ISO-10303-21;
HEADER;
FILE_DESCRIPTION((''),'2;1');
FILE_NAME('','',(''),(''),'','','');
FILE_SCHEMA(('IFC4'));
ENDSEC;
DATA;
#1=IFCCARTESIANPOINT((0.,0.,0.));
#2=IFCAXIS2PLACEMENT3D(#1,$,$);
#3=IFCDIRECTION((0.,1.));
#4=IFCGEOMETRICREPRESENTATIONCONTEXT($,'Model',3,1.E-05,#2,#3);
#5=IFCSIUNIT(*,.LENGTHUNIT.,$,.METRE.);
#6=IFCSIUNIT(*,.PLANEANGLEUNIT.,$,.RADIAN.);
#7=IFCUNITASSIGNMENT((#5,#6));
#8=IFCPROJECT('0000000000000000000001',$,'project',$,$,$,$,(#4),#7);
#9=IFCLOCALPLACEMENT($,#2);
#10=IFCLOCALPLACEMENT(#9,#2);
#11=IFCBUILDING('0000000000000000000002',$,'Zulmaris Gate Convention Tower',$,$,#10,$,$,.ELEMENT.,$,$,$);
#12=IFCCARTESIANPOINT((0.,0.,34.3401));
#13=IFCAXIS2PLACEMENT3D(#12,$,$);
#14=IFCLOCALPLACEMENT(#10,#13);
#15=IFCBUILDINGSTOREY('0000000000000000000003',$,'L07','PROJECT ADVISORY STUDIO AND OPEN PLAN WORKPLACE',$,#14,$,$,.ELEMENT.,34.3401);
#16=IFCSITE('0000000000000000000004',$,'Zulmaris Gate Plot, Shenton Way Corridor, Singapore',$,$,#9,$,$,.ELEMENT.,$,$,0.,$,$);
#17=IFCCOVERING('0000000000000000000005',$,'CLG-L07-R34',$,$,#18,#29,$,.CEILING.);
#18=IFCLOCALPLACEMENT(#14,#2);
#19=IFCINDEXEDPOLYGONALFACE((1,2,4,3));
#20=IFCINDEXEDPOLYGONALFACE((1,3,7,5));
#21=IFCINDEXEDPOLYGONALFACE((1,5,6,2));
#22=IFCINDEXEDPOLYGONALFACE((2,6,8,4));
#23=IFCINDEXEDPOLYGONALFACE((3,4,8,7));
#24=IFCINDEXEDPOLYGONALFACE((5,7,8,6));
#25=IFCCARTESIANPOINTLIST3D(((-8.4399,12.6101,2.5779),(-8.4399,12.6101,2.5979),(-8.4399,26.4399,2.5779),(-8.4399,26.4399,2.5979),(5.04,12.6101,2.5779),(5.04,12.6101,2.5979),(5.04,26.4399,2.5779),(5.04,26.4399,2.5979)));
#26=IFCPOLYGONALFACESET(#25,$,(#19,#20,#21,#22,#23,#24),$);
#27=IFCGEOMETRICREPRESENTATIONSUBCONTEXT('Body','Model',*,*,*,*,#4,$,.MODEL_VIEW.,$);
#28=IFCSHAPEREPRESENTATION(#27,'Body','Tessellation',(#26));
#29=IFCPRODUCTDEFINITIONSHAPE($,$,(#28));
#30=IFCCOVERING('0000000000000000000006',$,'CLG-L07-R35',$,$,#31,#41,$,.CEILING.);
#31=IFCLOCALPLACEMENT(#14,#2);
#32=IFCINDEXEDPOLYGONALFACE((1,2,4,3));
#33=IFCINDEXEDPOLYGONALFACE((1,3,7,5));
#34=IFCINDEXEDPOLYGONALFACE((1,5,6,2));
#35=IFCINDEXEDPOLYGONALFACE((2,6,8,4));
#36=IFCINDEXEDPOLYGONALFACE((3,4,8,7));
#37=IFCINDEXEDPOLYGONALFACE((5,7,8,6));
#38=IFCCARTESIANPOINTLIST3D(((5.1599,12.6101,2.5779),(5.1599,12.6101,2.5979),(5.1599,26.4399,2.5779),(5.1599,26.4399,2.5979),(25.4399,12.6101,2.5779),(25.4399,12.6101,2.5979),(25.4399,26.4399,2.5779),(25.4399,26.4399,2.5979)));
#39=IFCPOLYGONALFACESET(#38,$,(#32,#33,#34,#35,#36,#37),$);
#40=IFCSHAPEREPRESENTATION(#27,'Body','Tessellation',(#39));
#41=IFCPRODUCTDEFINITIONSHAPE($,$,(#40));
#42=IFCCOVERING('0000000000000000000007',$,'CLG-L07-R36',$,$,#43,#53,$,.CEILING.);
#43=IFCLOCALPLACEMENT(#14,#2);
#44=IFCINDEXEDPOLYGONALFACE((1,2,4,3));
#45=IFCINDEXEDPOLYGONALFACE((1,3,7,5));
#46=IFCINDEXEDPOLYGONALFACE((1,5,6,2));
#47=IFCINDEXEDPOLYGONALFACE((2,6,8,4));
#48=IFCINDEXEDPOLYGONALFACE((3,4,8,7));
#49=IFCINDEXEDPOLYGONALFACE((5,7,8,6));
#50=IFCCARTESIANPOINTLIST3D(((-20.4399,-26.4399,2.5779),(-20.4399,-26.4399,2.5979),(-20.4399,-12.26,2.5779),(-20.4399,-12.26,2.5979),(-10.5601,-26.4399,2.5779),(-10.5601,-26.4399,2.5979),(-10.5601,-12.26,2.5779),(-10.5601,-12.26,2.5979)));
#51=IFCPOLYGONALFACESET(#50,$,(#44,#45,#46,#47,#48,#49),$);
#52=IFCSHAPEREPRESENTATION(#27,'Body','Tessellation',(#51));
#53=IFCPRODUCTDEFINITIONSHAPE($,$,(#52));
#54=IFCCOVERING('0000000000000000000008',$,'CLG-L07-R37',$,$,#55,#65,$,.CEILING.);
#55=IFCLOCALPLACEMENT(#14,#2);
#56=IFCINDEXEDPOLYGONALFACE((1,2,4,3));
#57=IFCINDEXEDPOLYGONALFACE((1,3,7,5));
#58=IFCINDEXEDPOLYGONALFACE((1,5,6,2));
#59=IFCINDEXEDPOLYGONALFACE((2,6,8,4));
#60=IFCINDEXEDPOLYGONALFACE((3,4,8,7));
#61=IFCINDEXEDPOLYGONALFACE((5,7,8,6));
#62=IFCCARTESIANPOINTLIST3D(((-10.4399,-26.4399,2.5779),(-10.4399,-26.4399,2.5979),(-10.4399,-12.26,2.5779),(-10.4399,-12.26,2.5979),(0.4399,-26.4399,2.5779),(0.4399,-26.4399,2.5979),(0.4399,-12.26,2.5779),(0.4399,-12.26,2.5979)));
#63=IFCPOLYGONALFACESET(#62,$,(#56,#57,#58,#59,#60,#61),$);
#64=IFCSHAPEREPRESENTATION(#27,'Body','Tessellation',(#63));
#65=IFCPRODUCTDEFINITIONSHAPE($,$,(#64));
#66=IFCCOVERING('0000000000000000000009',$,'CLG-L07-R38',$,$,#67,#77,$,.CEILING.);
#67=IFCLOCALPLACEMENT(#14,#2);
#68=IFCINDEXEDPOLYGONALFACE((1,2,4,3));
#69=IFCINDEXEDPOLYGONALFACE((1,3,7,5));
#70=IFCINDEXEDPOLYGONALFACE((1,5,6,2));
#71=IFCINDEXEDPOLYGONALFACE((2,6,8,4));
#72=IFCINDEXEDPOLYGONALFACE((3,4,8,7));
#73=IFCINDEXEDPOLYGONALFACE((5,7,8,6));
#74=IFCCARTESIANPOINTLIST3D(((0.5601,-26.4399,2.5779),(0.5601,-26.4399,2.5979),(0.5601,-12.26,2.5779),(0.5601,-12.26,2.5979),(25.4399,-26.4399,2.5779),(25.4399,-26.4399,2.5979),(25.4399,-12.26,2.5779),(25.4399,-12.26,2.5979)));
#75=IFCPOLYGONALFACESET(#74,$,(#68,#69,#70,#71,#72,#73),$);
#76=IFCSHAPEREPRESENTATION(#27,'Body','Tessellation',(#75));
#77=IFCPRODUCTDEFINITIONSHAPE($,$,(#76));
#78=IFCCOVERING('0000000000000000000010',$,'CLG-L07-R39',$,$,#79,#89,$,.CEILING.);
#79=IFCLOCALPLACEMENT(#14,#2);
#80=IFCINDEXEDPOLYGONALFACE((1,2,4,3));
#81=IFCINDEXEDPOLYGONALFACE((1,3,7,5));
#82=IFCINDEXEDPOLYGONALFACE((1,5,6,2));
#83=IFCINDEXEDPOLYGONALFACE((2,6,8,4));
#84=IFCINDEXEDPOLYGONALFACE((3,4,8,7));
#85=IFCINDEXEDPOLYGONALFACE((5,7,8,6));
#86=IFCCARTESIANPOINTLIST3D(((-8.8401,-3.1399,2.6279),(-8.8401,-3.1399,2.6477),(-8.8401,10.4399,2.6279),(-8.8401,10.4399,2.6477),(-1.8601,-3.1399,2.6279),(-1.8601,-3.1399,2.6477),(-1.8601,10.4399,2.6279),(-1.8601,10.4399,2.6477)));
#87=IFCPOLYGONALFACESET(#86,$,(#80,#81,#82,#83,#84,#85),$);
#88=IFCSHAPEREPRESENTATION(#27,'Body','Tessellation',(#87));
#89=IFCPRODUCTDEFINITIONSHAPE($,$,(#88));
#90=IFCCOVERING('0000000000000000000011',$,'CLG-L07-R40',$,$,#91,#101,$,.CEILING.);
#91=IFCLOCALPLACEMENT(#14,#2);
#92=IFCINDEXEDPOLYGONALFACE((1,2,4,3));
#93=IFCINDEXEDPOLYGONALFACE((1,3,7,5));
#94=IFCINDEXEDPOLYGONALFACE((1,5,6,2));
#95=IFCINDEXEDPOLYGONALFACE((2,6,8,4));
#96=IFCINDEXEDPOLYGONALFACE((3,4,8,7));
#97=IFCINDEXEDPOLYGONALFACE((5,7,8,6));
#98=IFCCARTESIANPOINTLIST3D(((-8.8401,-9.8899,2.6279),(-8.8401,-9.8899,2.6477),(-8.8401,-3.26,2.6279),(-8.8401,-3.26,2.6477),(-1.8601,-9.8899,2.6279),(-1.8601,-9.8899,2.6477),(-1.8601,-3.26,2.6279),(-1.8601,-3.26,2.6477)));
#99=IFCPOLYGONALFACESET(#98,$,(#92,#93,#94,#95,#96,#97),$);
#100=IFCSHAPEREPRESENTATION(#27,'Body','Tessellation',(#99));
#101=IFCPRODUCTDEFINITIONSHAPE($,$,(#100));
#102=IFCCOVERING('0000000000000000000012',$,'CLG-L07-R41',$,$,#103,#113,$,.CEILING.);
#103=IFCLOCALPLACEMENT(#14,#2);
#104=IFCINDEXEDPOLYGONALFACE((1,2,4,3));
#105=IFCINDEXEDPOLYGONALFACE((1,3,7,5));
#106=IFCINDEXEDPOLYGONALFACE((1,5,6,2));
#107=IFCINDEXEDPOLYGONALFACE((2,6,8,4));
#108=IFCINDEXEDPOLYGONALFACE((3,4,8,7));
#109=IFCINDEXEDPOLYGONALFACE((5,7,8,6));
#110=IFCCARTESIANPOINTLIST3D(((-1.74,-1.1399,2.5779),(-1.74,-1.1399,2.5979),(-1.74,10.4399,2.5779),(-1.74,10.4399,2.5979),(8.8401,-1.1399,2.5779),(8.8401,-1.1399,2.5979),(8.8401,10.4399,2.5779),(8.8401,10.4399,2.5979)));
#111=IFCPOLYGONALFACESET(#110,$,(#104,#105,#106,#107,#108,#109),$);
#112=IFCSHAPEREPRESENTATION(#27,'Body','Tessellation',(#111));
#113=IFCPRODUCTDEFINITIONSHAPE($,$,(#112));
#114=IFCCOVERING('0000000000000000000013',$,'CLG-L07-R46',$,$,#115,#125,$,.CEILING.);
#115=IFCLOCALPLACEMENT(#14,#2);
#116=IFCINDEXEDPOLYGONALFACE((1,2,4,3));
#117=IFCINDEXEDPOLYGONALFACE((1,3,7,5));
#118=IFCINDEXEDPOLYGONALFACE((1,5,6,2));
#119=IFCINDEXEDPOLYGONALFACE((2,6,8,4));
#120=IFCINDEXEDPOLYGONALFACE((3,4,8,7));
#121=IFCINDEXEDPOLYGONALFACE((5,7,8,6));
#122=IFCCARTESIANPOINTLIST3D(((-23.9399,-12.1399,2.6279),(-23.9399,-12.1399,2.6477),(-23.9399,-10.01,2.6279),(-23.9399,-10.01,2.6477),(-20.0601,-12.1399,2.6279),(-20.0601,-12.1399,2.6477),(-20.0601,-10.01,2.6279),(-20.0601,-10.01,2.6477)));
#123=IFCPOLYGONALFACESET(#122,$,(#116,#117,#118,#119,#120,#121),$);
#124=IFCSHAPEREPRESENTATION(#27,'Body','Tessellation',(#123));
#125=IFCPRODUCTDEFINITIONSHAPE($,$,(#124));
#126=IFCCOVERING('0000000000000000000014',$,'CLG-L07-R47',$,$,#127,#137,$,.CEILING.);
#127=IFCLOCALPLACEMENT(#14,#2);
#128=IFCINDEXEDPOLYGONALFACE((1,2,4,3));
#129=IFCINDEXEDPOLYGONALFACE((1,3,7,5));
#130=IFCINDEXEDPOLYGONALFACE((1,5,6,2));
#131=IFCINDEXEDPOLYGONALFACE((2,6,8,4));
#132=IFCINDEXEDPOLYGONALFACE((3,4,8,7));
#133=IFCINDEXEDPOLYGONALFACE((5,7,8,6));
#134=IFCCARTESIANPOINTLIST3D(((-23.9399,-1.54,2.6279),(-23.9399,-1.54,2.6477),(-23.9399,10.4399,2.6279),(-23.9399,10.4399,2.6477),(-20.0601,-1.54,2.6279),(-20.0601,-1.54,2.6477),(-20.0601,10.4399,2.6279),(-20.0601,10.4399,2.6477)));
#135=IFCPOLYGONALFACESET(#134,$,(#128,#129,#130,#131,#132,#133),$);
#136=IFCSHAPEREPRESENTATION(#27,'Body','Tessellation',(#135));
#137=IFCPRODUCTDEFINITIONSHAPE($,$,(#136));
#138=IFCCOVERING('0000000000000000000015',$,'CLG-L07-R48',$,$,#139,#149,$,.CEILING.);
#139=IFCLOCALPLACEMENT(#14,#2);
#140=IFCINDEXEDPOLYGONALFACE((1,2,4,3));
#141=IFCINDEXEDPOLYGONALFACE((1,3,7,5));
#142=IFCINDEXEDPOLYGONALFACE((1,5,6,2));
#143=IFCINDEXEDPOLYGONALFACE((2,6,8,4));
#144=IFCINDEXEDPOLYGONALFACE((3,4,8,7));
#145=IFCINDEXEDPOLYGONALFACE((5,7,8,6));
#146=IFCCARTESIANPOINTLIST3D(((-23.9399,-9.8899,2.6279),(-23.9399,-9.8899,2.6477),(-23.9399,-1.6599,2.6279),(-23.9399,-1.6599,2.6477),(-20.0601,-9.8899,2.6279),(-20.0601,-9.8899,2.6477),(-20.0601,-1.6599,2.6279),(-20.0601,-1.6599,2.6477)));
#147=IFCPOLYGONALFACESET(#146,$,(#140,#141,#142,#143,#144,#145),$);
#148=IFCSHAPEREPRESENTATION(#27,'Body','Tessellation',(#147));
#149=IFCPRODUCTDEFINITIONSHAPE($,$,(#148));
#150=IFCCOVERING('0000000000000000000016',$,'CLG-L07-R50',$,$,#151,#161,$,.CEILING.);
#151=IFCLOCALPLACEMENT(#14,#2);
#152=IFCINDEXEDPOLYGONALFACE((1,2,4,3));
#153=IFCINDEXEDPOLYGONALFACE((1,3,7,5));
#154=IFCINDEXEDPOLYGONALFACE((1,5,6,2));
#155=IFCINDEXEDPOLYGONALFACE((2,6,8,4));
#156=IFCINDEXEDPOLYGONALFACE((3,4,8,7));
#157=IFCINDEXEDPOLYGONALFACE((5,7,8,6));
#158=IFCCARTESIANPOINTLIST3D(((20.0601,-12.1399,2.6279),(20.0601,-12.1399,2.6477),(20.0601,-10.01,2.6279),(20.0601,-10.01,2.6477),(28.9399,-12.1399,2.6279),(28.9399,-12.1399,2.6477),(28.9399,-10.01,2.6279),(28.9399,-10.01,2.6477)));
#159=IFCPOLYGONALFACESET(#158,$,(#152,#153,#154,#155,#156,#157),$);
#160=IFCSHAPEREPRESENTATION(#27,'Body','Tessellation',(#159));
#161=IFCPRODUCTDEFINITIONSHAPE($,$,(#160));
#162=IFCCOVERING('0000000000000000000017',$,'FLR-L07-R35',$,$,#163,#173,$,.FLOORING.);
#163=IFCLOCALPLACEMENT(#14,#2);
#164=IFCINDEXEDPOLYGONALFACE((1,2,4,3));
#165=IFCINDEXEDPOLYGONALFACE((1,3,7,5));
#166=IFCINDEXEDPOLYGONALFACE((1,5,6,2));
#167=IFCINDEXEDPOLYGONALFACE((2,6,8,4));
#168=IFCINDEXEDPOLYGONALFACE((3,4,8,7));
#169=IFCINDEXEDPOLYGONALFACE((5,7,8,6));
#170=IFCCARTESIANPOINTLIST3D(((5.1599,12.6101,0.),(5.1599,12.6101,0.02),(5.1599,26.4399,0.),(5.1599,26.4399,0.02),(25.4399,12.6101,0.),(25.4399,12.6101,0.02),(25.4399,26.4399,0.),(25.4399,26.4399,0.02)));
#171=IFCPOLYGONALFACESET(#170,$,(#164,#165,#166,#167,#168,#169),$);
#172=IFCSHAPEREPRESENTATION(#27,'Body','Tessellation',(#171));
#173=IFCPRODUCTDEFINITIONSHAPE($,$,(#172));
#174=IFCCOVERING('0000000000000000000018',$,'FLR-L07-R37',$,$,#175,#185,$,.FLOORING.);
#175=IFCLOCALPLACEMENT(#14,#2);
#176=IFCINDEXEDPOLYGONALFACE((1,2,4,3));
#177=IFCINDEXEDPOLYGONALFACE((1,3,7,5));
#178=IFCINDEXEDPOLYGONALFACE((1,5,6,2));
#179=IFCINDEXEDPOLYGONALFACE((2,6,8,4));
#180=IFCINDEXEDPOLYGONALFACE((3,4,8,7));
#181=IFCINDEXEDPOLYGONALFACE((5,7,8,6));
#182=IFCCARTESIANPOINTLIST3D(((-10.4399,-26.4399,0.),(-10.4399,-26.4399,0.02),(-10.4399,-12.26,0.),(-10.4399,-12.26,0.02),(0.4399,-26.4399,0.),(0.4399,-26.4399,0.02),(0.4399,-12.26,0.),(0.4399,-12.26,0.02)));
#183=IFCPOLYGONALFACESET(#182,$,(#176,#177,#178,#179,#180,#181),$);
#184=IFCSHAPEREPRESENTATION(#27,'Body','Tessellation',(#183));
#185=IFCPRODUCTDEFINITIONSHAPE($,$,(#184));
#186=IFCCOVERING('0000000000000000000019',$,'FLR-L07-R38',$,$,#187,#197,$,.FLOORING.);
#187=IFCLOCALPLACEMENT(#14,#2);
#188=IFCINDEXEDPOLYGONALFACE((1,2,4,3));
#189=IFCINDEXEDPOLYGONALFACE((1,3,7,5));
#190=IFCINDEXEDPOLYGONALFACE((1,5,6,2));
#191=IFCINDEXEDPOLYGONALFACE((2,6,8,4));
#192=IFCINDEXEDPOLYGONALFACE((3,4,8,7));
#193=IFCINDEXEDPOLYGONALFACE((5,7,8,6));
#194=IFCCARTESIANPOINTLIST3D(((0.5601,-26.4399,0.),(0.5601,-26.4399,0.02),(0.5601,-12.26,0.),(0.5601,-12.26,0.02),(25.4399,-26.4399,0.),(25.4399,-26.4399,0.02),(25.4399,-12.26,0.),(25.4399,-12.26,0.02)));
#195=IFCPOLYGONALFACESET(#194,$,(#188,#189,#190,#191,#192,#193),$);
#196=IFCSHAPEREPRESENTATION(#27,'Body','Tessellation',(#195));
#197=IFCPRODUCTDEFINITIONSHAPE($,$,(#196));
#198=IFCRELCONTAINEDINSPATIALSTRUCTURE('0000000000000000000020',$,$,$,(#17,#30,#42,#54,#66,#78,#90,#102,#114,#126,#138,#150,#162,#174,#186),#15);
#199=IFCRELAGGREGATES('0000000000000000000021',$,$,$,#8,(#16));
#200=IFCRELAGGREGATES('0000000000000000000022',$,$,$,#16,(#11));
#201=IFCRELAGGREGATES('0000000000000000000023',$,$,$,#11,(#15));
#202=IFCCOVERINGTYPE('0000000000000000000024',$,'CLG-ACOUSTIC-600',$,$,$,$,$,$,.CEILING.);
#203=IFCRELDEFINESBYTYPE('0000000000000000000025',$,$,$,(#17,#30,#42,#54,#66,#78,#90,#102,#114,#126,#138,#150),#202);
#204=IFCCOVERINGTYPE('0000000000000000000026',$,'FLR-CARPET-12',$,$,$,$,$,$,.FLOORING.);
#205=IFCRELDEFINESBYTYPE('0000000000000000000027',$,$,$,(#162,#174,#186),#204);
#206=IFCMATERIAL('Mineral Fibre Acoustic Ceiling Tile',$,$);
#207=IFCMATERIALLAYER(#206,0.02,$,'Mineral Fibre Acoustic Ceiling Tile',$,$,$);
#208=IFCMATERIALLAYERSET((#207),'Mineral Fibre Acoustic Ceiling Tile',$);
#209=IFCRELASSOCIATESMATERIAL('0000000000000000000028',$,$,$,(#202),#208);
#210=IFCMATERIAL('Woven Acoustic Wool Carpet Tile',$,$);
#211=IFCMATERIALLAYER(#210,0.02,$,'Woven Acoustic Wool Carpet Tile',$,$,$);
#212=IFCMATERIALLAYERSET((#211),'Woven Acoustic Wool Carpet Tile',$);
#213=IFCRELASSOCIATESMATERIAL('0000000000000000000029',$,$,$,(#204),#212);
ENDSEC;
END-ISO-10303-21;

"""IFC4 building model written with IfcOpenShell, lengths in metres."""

from ifc_helpers import new_model, si_unit, direction, frame, origin, place, context, subcontext, project, spatial, polyline, outline, extrude, material, layer, layer_set, type_object, element, save


model = new_model("IFC4")

# Units and contexts
model_context = context("Model", 3, precision=1e-05, world=origin(), true_north=direction((0.0, 1.0)))
body_context = subcontext(model_context, "Body", "Model", "MODEL_VIEW")
ifc_project = project(units=[si_unit("LENGTHUNIT", "METRE"), si_unit("PLANEANGLEUNIT", "RADIAN")], contexts=[model_context])

# Site, building, storey
site_placement = place(None, origin())
site = spatial("IfcSite", under=ifc_project, at=site_placement, Name="Zulmaris Gate Plot, Shenton Way Corridor, Singapore", CompositionType="ELEMENT", RefElevation=0.0)
building_placement = place(site_placement, origin())
building = spatial("IfcBuilding", under=site, at=building_placement, Name="Zulmaris Gate Convention Tower", CompositionType="ELEMENT")
storey_placement = place(building_placement, frame((0.0, 0.0, 34.3401)))
storey = spatial("IfcBuildingStorey", under=building, at=storey_placement, Name="L07", Description="PROJECT ADVISORY STUDIO AND OPEN PLAN WORKPLACE", CompositionType="ELEMENT", Elevation=34.3401)

# Coverings
ifc_material_1 = material(Name="Mineral Fibre Acoustic Ceiling Tile")
ifc_layer_1 = layer(ifc_material_1, 0.02, Name="Mineral Fibre Acoustic Ceiling Tile")
ifc_layer_set_1 = layer_set([ifc_layer_1], Name="Mineral Fibre Acoustic Ceiling Tile")
covering_type_1 = type_object("IfcCoveringType", Name="CLG-ACOUSTIC-600", PredefinedType="CEILING", material=ifc_layer_set_1)
covering_1_placement = place(storey_placement, frame((0.0, 0.0, 2.5779)))
element("IfcCovering", 1, at=covering_1_placement, inside=storey, type_object=covering_type_1, Name="CLG-L07-R34", PredefinedType="CEILING", context=body_context, shape_type="SweptSolid", body=[
    extrude(outline(polyline([(-8.4399, 12.6101), (5.04, 12.6101), (5.04, 26.4399), (-8.4399, 26.4399), (-8.4399, 12.6101)])), origin(), (0.0, 0.0, 1.0), 0.02),
])
covering_2_placement = place(storey_placement, frame((0.0, 0.0, 2.5779)))
element("IfcCovering", 2, at=covering_2_placement, inside=storey, type_object=covering_type_1, Name="CLG-L07-R35", PredefinedType="CEILING", context=body_context, shape_type="SweptSolid", body=[
    extrude(outline(polyline([(5.1599, 12.6101), (25.4399, 12.6101), (25.4399, 26.4399), (5.1599, 26.4399), (5.1599, 12.6101)])), origin(), (0.0, 0.0, 1.0), 0.02),
])
covering_3_placement = place(storey_placement, frame((0.0, 0.0, 2.5779)))
element("IfcCovering", 3, at=covering_3_placement, inside=storey, type_object=covering_type_1, Name="CLG-L07-R36", PredefinedType="CEILING", context=body_context, shape_type="SweptSolid", body=[
    extrude(outline(polyline([(-20.4399, -26.4399), (-10.5601, -26.4399), (-10.5601, -12.26), (-20.4399, -12.26), (-20.4399, -26.4399)])), origin(), (0.0, 0.0, 1.0), 0.02),
])
covering_4_placement = place(storey_placement, frame((0.0, 0.0, 2.5779)))
element("IfcCovering", 4, at=covering_4_placement, inside=storey, type_object=covering_type_1, Name="CLG-L07-R37", PredefinedType="CEILING", context=body_context, shape_type="SweptSolid", body=[
    extrude(outline(polyline([(-10.4399, -26.4399), (0.4399, -26.4399), (0.4399, -12.26), (-10.4399, -12.26), (-10.4399, -26.4399)])), origin(), (0.0, 0.0, 1.0), 0.02),
])
covering_5_placement = place(storey_placement, frame((0.0, 0.0, 2.5779)))
element("IfcCovering", 5, at=covering_5_placement, inside=storey, type_object=covering_type_1, Name="CLG-L07-R38", PredefinedType="CEILING", context=body_context, shape_type="SweptSolid", body=[
    extrude(outline(polyline([(0.5601, -26.4399), (25.4399, -26.4399), (25.4399, -12.26), (0.5601, -12.26), (0.5601, -26.4399)])), origin(), (0.0, 0.0, 1.0), 0.02),
])
covering_6_placement = place(storey_placement, frame((0.0, 0.0, 2.6279)))
element("IfcCovering", 6, at=covering_6_placement, inside=storey, type_object=covering_type_1, Name="CLG-L07-R39", PredefinedType="CEILING", context=body_context, shape_type="SweptSolid", body=[
    extrude(outline(polyline([(-8.8401, -3.1399), (-1.8601, -3.1399), (-1.8601, 10.4399), (-8.8401, 10.4399), (-8.8401, -3.1399)])), origin(), (0.0, 0.0, 1.0), 0.0198),
])
covering_7_placement = place(storey_placement, frame((0.0, 0.0, 2.6279)))
element("IfcCovering", 7, at=covering_7_placement, inside=storey, type_object=covering_type_1, Name="CLG-L07-R40", PredefinedType="CEILING", context=body_context, shape_type="SweptSolid", body=[
    extrude(outline(polyline([(-8.8401, -9.8899), (-1.8601, -9.8899), (-1.8601, -3.26), (-8.8401, -3.26), (-8.8401, -9.8899)])), origin(), (0.0, 0.0, 1.0), 0.0198),
])
covering_8_placement = place(storey_placement, frame((0.0, 0.0, 2.5779)))
element("IfcCovering", 8, at=covering_8_placement, inside=storey, type_object=covering_type_1, Name="CLG-L07-R41", PredefinedType="CEILING", context=body_context, shape_type="SweptSolid", body=[
    extrude(outline(polyline([(-1.74, -1.1399), (8.8401, -1.1399), (8.8401, 10.4399), (-1.74, 10.4399), (-1.74, -1.1399)])), origin(), (0.0, 0.0, 1.0), 0.02),
])
covering_9_placement = place(storey_placement, frame((0.0, 0.0, 2.6279)))
element("IfcCovering", 9, at=covering_9_placement, inside=storey, type_object=covering_type_1, Name="CLG-L07-R46", PredefinedType="CEILING", context=body_context, shape_type="SweptSolid", body=[
    extrude(outline(polyline([(-23.9399, -12.1399), (-20.0601, -12.1399), (-20.0601, -10.01), (-23.9399, -10.01), (-23.9399, -12.1399)])), origin(), (0.0, 0.0, 1.0), 0.0198),
])
covering_10_placement = place(storey_placement, frame((0.0, 0.0, 2.6279)))
element("IfcCovering", 10, at=covering_10_placement, inside=storey, type_object=covering_type_1, Name="CLG-L07-R47", PredefinedType="CEILING", context=body_context, shape_type="SweptSolid", body=[
    extrude(outline(polyline([(-23.9399, -1.54), (-20.0601, -1.54), (-20.0601, 10.4399), (-23.9399, 10.4399), (-23.9399, -1.54)])), origin(), (0.0, 0.0, 1.0), 0.0198),
])
covering_11_placement = place(storey_placement, frame((0.0, 0.0, 2.6279)))
element("IfcCovering", 11, at=covering_11_placement, inside=storey, type_object=covering_type_1, Name="CLG-L07-R48", PredefinedType="CEILING", context=body_context, shape_type="SweptSolid", body=[
    extrude(outline(polyline([(-23.9399, -9.8899), (-20.0601, -9.8899), (-20.0601, -1.6599), (-23.9399, -1.6599), (-23.9399, -9.8899)])), origin(), (0.0, 0.0, 1.0), 0.0198),
])
covering_12_placement = place(storey_placement, frame((0.0, 0.0, 2.6279)))
element("IfcCovering", 12, at=covering_12_placement, inside=storey, type_object=covering_type_1, Name="CLG-L07-R50", PredefinedType="CEILING", context=body_context, shape_type="SweptSolid", body=[
    extrude(outline(polyline([(20.0601, -12.1399), (28.9399, -12.1399), (28.9399, -10.01), (20.0601, -10.01), (20.0601, -12.1399)])), origin(), (0.0, 0.0, 1.0), 0.0198),
])
ifc_material_2 = material(Name="Woven Acoustic Wool Carpet Tile")
ifc_layer_2 = layer(ifc_material_2, 0.02, Name="Woven Acoustic Wool Carpet Tile")
ifc_layer_set_2 = layer_set([ifc_layer_2], Name="Woven Acoustic Wool Carpet Tile")
covering_type_2 = type_object("IfcCoveringType", Name="FLR-CARPET-12", PredefinedType="FLOORING", material=ifc_layer_set_2)
covering_13_placement = place(storey_placement, origin())
element("IfcCovering", 13, at=covering_13_placement, inside=storey, type_object=covering_type_2, Name="FLR-L07-R35", PredefinedType="FLOORING", context=body_context, shape_type="SweptSolid", body=[
    extrude(outline(polyline([(5.1599, 12.6101), (25.4399, 12.6101), (25.4399, 26.4399), (5.1599, 26.4399), (5.1599, 12.6101)])), origin(), (0.0, 0.0, 1.0), 0.02),
])
covering_14_placement = place(storey_placement, origin())
element("IfcCovering", 14, at=covering_14_placement, inside=storey, type_object=covering_type_2, Name="FLR-L07-R37", PredefinedType="FLOORING", context=body_context, shape_type="SweptSolid", body=[
    extrude(outline(polyline([(-10.4399, -26.4399), (0.4399, -26.4399), (0.4399, -12.26), (-10.4399, -12.26), (-10.4399, -26.4399)])), origin(), (0.0, 0.0, 1.0), 0.02),
])
covering_15_placement = place(storey_placement, origin())
element("IfcCovering", 15, at=covering_15_placement, inside=storey, type_object=covering_type_2, Name="FLR-L07-R38", PredefinedType="FLOORING", context=body_context, shape_type="SweptSolid", body=[
    extrude(outline(polyline([(0.5601, -26.4399), (25.4399, -26.4399), (25.4399, -12.26), (0.5601, -12.26), (0.5601, -26.4399)])), origin(), (0.0, 0.0, 1.0), 0.02),
])

save(model, "model.ifc")
